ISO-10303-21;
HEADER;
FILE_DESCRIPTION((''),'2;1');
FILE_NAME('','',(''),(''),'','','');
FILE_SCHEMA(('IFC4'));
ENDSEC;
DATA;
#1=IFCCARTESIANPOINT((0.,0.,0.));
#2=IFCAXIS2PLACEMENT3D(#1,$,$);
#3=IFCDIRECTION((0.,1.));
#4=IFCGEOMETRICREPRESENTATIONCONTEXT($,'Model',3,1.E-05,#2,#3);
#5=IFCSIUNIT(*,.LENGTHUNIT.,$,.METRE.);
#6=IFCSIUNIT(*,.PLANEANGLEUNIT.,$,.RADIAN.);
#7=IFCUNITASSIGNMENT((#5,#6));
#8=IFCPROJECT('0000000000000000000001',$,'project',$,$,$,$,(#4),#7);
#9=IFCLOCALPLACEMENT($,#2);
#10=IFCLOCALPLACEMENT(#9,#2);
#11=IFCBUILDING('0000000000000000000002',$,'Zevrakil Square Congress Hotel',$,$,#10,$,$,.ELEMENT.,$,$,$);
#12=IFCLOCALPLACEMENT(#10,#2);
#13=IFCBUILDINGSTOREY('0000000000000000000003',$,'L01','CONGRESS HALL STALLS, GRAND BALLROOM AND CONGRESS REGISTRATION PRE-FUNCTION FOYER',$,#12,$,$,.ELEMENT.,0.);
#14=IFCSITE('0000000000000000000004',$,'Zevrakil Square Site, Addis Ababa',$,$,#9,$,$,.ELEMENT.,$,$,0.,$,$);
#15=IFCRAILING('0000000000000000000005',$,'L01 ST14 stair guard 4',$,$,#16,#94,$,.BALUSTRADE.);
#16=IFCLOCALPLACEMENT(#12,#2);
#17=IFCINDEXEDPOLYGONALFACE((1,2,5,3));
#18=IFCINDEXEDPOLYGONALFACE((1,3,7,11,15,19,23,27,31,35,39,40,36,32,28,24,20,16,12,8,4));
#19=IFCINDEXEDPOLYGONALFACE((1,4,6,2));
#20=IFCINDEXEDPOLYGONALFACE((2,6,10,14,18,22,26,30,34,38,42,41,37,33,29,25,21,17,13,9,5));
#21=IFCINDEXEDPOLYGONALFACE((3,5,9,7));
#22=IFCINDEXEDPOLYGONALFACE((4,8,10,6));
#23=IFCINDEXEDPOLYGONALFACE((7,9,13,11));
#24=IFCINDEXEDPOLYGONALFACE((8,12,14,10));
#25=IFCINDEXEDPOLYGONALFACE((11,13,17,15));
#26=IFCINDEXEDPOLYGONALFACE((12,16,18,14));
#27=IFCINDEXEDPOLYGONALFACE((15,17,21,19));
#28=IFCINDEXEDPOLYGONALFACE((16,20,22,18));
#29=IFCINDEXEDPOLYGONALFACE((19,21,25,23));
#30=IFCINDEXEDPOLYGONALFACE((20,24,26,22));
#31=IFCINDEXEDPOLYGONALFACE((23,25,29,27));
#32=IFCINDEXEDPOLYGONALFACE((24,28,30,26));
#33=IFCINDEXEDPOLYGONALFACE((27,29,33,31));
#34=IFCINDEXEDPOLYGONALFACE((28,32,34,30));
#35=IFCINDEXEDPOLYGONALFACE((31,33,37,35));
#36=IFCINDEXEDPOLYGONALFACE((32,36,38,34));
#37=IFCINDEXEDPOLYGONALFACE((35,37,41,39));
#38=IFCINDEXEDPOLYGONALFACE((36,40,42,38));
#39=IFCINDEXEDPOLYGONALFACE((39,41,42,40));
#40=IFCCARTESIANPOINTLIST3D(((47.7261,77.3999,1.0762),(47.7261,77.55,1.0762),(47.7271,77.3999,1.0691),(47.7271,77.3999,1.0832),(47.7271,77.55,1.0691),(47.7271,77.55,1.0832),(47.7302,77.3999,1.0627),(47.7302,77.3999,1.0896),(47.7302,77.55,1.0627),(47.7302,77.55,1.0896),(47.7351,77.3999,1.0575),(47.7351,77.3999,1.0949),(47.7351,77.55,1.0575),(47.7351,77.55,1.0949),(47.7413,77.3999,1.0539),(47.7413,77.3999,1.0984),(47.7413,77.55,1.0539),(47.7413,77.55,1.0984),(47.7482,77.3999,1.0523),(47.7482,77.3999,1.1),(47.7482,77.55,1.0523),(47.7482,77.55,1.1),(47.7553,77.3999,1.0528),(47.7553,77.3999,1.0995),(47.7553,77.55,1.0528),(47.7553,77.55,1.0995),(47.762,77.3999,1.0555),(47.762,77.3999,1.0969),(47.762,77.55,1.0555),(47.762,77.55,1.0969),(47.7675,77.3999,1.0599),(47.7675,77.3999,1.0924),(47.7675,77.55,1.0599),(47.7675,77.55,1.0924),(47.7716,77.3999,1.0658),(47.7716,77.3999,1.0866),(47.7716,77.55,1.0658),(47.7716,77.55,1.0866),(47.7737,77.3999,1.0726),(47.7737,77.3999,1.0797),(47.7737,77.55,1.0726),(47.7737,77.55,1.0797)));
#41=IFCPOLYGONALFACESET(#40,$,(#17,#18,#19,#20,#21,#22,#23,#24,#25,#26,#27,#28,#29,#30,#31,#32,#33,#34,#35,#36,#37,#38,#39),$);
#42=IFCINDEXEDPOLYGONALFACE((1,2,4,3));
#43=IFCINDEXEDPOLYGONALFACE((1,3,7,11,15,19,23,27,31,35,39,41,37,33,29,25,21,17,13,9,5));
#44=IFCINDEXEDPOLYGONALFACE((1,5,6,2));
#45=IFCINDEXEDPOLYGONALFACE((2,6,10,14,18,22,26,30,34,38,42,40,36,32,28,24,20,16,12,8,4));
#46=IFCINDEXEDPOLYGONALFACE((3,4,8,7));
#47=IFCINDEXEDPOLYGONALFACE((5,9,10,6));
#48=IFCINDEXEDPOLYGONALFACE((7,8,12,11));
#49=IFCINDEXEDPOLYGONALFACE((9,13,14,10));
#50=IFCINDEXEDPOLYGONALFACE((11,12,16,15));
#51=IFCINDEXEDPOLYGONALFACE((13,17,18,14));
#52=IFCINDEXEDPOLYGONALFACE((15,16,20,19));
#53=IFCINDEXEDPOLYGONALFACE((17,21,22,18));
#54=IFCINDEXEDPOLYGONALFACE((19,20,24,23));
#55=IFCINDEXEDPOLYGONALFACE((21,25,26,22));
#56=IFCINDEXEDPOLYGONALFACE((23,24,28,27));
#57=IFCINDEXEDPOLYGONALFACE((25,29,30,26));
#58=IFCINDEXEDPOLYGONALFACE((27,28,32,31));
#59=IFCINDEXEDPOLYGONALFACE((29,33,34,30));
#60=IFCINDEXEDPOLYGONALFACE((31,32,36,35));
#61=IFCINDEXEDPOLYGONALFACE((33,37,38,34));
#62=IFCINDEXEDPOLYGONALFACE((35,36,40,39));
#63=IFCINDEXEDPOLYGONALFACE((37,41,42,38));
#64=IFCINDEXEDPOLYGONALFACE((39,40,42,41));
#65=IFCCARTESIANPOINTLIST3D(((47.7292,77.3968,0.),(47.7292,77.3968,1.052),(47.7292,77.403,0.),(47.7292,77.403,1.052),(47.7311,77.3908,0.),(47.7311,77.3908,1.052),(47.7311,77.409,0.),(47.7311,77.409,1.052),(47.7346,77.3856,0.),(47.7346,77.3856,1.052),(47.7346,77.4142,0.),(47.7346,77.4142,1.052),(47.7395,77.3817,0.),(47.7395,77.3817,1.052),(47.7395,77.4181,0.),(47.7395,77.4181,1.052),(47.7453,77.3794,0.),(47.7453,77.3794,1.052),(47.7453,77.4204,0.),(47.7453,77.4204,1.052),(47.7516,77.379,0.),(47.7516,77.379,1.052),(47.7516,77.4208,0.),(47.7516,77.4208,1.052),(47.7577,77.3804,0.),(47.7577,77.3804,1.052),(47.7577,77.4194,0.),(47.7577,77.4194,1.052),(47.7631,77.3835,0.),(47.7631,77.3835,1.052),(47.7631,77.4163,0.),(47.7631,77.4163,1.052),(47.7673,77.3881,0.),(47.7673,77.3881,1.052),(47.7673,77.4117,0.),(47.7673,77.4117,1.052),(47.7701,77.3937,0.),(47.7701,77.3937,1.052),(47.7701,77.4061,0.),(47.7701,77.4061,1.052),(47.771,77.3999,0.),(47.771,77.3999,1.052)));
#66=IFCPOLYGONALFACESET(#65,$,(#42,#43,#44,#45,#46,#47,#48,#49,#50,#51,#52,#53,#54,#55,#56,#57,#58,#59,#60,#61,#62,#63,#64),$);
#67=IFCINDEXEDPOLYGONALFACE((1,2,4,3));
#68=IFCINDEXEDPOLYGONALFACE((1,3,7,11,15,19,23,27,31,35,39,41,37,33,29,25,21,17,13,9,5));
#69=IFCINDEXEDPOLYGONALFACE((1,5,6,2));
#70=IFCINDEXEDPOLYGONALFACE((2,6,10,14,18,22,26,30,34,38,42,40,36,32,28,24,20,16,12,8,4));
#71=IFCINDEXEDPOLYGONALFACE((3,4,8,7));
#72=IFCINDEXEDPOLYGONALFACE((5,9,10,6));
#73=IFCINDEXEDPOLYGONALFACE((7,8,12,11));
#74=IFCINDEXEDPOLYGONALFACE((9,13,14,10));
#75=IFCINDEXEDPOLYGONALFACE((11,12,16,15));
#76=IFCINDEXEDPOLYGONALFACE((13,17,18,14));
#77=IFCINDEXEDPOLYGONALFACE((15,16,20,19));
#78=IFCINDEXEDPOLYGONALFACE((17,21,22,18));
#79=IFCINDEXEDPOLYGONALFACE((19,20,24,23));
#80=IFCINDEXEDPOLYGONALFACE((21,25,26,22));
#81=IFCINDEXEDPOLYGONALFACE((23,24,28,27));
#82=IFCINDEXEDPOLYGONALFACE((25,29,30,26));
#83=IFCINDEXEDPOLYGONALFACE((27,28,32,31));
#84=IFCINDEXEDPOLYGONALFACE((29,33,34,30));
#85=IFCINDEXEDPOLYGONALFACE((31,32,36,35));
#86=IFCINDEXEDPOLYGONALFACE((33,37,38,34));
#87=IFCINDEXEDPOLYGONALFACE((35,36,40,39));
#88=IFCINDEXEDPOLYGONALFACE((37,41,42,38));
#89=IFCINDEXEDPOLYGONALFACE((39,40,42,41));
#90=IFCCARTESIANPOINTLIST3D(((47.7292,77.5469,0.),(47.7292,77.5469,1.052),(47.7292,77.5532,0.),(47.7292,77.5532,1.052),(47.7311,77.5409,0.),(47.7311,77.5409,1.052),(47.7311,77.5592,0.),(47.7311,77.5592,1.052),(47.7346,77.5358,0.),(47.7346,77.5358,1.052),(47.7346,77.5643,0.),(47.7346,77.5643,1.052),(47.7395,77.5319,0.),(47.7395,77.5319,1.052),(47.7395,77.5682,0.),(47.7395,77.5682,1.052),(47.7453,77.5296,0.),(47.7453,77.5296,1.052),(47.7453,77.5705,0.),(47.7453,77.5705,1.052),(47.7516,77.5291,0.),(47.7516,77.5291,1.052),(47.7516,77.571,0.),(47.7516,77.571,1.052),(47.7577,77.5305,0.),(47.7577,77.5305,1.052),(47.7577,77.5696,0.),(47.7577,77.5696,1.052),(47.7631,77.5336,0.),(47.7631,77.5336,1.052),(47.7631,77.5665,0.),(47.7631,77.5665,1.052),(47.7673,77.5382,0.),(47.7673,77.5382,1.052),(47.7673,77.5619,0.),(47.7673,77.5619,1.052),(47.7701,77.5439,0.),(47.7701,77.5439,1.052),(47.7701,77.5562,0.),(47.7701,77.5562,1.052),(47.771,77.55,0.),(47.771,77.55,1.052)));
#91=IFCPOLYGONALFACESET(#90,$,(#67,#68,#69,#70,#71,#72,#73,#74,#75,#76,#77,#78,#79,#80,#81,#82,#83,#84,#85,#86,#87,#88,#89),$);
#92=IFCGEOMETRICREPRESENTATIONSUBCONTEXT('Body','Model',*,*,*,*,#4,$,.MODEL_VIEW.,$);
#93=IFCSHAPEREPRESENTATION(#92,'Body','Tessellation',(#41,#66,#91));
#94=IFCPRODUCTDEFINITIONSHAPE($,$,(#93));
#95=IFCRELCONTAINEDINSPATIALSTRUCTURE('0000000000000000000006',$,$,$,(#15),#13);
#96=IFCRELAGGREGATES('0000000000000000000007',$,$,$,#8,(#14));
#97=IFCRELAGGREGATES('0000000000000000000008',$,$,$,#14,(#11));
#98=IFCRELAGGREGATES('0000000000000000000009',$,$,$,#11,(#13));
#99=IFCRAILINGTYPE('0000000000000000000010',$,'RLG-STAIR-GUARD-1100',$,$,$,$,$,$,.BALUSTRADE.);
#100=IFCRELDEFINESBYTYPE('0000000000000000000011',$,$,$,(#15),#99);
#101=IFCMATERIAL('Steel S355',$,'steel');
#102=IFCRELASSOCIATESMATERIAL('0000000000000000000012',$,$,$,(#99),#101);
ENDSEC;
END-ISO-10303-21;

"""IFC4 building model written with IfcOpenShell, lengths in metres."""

from ifc_helpers import new_model, si_unit, direction, frame, origin, origin_2d, place, context, subcontext, project, spatial, circle, extrude, material, type_object, element, save


model = new_model("IFC4")

# Units and contexts
model_context = context("Model", 3, precision=1e-05, world=origin(), true_north=direction((0.0, 1.0)))
body_context = subcontext(model_context, "Body", "Model", "MODEL_VIEW")
ifc_project = project(units=[si_unit("LENGTHUNIT", "METRE"), si_unit("PLANEANGLEUNIT", "RADIAN")], contexts=[model_context])

# Site, building, storey
site_placement = place(None, origin())
site = spatial("IfcSite", under=ifc_project, at=site_placement, Name="Zevrakil Square Site, Addis Ababa", CompositionType="ELEMENT", RefElevation=0.0)
building_placement = place(site_placement, origin())
building = spatial("IfcBuilding", under=site, at=building_placement, Name="Zevrakil Square Congress Hotel", CompositionType="ELEMENT")
storey_placement = place(building_placement, origin())
storey = spatial("IfcBuildingStorey", under=building, at=storey_placement, Name="L01", Description="CONGRESS HALL STALLS, GRAND BALLROOM AND CONGRESS REGISTRATION PRE-FUNCTION FOYER", CompositionType="ELEMENT", Elevation=0.0)

# Railing
ifc_material_1 = material(Name="Steel S355", Category="steel")
railing_type_1 = type_object("IfcRailingType", Name="RLG-STAIR-GUARD-1100", PredefinedType="BALUSTRADE", material=ifc_material_1)
railing_1_placement = place(storey_placement, frame((47.75, 77.3999, 0.0)))
element("IfcRailing", 1, at=railing_1_placement, inside=storey, type_object=railing_type_1, Name="L01 ST14 stair guard 4", PredefinedType="BALUSTRADE", context=body_context, shape_type="SweptSolid", body=[
    extrude(circle(Radius=0.0239, at=origin_2d()), frame((0.0, 0.0, 1.0762), z_axis=(0.0, 1.0, 0.0), x_axis=(-1.0, 0.0, 0.0)), (0.0, 0.0, 1.0), 0.1501),
    extrude(circle(Radius=0.021, at=origin_2d()), origin(), (0.0, 0.0, 1.0), 1.052),
    extrude(circle(Radius=0.021, at=origin_2d()), frame((0.0, 0.1501, 0.0)), (0.0, 0.0, 1.0), 1.052),
])

save(model, "model.ifc")
